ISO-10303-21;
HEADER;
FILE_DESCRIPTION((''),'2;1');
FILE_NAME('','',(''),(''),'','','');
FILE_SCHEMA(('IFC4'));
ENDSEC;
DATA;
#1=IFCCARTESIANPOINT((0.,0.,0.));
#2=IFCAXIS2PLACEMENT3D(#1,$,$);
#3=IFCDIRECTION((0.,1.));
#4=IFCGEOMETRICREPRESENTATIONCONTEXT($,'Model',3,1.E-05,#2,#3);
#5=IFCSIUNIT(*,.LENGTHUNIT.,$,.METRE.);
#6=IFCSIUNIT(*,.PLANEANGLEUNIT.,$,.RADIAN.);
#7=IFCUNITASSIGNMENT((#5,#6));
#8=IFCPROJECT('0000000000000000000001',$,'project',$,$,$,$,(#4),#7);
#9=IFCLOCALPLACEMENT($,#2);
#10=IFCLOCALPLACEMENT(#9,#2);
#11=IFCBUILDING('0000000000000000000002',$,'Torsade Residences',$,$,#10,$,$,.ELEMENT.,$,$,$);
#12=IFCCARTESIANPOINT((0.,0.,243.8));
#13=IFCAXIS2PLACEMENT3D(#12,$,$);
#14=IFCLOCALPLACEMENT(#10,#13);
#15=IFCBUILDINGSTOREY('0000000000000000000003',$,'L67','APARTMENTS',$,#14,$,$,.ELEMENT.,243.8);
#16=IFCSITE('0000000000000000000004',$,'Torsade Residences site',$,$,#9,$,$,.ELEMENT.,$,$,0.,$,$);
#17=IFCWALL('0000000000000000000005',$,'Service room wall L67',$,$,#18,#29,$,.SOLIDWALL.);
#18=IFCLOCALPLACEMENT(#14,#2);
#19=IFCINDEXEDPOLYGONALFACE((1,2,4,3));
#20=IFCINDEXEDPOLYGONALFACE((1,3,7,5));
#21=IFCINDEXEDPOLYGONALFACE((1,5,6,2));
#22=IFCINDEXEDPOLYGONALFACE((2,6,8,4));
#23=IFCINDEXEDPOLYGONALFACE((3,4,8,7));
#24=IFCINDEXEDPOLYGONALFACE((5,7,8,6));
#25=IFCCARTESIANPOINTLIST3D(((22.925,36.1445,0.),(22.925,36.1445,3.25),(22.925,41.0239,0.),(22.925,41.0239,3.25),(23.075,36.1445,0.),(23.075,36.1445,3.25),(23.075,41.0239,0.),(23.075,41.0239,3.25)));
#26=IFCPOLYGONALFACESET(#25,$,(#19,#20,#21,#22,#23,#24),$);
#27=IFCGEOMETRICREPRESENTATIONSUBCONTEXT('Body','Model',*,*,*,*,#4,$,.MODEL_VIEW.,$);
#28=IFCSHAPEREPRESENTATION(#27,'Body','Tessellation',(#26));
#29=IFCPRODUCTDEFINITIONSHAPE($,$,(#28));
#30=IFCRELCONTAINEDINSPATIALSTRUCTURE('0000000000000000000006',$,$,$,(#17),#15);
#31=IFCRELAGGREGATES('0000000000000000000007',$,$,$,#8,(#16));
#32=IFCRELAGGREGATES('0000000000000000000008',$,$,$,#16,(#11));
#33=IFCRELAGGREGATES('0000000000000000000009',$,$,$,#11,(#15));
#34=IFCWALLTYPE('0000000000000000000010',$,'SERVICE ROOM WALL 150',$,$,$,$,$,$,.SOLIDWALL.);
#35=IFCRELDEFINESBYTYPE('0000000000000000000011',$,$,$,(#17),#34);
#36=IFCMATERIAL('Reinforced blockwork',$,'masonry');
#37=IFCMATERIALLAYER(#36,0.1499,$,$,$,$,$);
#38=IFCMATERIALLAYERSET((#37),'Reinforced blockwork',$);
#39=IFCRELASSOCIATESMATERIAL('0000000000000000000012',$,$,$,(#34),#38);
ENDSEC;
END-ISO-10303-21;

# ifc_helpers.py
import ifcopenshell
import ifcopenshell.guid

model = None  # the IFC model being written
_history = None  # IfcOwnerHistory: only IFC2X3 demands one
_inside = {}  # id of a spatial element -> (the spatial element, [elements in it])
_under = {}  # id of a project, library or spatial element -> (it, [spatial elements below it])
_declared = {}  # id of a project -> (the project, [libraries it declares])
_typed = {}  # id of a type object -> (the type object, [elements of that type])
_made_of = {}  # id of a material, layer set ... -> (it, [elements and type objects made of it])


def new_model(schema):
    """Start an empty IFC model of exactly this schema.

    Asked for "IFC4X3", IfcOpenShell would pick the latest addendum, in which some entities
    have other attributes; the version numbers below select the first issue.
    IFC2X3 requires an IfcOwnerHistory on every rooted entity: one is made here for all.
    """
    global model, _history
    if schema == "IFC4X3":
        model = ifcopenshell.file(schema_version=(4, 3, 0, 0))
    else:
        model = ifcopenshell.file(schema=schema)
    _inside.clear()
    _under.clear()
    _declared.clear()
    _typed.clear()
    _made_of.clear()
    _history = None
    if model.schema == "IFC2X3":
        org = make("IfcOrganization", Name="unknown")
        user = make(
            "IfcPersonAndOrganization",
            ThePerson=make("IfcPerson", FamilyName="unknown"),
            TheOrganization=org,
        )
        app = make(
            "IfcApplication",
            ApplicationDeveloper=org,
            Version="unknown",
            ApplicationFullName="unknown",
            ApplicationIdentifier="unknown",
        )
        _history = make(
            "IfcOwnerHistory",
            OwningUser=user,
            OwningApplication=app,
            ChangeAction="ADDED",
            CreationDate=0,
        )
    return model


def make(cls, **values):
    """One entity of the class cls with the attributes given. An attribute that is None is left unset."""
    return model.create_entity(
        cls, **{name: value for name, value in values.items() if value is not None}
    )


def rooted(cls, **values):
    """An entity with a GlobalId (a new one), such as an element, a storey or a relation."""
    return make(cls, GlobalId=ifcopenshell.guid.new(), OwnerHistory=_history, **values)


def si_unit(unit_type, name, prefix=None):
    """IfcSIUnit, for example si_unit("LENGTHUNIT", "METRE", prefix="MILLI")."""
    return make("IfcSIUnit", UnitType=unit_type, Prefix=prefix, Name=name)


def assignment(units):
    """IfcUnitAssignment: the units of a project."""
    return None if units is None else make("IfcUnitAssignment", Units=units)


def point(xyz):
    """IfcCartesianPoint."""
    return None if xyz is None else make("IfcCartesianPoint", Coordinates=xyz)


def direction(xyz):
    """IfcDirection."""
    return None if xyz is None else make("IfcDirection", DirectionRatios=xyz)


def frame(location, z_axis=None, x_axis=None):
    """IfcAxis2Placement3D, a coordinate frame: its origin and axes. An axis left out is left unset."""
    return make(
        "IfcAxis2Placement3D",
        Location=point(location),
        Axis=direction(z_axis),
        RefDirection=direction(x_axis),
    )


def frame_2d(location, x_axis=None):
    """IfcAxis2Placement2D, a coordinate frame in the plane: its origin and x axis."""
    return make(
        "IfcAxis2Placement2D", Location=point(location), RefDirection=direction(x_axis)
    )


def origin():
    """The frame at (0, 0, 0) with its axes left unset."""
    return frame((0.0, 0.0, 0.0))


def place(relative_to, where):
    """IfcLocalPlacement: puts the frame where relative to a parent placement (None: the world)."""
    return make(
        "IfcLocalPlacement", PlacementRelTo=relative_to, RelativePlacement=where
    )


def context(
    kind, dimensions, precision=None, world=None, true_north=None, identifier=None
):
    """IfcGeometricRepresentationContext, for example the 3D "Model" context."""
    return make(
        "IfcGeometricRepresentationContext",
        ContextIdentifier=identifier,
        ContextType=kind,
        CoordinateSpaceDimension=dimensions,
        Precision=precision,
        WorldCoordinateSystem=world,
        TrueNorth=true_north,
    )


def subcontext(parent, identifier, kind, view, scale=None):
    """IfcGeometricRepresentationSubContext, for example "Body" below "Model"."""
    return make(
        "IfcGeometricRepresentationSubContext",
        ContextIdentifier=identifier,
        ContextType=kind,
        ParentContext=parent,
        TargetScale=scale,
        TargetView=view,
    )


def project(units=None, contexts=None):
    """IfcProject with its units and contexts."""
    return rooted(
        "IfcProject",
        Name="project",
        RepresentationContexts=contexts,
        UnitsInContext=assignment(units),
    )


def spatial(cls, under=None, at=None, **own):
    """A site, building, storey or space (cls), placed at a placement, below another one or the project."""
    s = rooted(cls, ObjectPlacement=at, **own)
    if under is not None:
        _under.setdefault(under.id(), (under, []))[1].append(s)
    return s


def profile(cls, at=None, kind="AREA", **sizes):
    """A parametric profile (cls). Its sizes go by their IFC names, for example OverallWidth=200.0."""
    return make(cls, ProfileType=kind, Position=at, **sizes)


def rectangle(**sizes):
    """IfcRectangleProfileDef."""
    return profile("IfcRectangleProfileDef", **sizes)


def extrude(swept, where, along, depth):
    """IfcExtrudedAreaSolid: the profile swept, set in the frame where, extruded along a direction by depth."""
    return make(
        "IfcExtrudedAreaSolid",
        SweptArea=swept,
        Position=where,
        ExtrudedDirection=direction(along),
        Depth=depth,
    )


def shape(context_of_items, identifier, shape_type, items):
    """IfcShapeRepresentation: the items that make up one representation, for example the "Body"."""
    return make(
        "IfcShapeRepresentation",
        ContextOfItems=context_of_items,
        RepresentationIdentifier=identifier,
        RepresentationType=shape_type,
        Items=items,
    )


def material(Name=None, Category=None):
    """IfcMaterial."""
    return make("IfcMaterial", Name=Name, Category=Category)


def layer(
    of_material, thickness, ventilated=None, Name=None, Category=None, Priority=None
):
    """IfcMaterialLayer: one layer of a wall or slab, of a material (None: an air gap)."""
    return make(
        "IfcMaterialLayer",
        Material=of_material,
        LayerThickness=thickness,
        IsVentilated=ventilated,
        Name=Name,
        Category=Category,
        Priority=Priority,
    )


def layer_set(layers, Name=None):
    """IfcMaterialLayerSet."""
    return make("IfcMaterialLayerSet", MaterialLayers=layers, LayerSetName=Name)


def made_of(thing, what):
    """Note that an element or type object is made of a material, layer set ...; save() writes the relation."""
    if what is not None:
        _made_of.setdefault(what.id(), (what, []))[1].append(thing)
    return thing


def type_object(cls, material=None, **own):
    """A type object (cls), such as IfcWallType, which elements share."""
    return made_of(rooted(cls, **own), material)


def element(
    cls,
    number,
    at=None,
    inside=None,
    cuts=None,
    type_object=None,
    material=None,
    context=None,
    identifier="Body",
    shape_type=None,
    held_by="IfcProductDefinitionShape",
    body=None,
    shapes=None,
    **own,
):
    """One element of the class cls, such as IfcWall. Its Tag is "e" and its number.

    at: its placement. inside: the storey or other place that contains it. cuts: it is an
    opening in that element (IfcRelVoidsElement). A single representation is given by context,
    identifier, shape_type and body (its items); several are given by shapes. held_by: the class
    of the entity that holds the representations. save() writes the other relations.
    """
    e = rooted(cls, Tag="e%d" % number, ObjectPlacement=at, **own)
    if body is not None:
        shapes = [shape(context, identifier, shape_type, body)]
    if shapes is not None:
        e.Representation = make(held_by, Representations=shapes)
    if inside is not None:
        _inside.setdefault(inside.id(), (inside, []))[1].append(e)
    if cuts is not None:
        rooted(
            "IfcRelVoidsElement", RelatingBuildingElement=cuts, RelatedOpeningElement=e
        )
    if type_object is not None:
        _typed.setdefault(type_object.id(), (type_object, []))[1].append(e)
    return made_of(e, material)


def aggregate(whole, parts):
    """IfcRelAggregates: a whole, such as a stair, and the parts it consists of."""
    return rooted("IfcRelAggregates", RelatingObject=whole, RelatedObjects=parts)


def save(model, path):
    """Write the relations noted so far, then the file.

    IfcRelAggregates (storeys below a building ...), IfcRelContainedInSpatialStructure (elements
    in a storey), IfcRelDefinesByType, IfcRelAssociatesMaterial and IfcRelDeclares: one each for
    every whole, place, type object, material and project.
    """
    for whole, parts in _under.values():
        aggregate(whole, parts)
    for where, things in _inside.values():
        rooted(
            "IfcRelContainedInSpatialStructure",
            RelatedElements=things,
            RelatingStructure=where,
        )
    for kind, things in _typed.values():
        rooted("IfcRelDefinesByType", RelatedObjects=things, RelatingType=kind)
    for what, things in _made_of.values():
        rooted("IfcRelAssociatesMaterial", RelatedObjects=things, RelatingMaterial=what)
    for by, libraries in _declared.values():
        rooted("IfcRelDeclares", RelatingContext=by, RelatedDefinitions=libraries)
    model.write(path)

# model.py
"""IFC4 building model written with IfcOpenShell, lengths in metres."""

from ifc_helpers import new_model, si_unit, direction, frame, frame_2d, origin, place, context, subcontext, project, spatial, rectangle, extrude, material, layer, layer_set, type_object, element, save


model = new_model("IFC4")

# Units and contexts
model_context = context("Model", 3, precision=1e-05, world=origin(), true_north=direction((0.0, 1.0)))
body_context = subcontext(model_context, "Body", "Model", "MODEL_VIEW")
ifc_project = project(units=[si_unit("LENGTHUNIT", "METRE"), si_unit("PLANEANGLEUNIT", "RADIAN")], contexts=[model_context])

# Site, building, storey
site_placement = place(None, origin())
site = spatial("IfcSite", under=ifc_project, at=site_placement, Name="Torsade Residences site", CompositionType="ELEMENT", RefElevation=0.0)
building_placement = place(site_placement, origin())
building = spatial("IfcBuilding", under=site, at=building_placement, Name="Torsade Residences", CompositionType="ELEMENT")
storey_placement = place(building_placement, frame((0.0, 0.0, 243.8)))
storey = spatial("IfcBuildingStorey", under=building, at=storey_placement, Name="L67", Description="APARTMENTS", CompositionType="ELEMENT", Elevation=243.8)

# Shared definitions
ifc_material_1 = material(Name="Reinforced blockwork", Category="masonry")
ifc_layer_1 = layer(ifc_material_1, 0.1499)
ifc_layer_set_1 = layer_set([ifc_layer_1], Name="Reinforced blockwork")
wall_type_1 = type_object("IfcWallType", Name="SERVICE ROOM WALL 150", PredefinedType="SOLIDWALL", material=ifc_layer_set_1)

# Wall
wall_1_placement = place(storey_placement, frame((23.0, 41.0239, 0.0), z_axis=(0.0, 0.0, 1.0), x_axis=(0.0, -1.0, 0.0)))
element("IfcWall", 1, at=wall_1_placement, inside=storey, type_object=wall_type_1, Name="Service room wall L67", PredefinedType="SOLIDWALL", context=body_context, shape_type="SweptSolid", body=[
    extrude(rectangle(XDim=4.8794, YDim=0.1499, at=frame_2d((2.4397, 0.0))), origin(), (0.0, 0.0, 1.0), 3.25),
])

save(model, "model.ifc")
